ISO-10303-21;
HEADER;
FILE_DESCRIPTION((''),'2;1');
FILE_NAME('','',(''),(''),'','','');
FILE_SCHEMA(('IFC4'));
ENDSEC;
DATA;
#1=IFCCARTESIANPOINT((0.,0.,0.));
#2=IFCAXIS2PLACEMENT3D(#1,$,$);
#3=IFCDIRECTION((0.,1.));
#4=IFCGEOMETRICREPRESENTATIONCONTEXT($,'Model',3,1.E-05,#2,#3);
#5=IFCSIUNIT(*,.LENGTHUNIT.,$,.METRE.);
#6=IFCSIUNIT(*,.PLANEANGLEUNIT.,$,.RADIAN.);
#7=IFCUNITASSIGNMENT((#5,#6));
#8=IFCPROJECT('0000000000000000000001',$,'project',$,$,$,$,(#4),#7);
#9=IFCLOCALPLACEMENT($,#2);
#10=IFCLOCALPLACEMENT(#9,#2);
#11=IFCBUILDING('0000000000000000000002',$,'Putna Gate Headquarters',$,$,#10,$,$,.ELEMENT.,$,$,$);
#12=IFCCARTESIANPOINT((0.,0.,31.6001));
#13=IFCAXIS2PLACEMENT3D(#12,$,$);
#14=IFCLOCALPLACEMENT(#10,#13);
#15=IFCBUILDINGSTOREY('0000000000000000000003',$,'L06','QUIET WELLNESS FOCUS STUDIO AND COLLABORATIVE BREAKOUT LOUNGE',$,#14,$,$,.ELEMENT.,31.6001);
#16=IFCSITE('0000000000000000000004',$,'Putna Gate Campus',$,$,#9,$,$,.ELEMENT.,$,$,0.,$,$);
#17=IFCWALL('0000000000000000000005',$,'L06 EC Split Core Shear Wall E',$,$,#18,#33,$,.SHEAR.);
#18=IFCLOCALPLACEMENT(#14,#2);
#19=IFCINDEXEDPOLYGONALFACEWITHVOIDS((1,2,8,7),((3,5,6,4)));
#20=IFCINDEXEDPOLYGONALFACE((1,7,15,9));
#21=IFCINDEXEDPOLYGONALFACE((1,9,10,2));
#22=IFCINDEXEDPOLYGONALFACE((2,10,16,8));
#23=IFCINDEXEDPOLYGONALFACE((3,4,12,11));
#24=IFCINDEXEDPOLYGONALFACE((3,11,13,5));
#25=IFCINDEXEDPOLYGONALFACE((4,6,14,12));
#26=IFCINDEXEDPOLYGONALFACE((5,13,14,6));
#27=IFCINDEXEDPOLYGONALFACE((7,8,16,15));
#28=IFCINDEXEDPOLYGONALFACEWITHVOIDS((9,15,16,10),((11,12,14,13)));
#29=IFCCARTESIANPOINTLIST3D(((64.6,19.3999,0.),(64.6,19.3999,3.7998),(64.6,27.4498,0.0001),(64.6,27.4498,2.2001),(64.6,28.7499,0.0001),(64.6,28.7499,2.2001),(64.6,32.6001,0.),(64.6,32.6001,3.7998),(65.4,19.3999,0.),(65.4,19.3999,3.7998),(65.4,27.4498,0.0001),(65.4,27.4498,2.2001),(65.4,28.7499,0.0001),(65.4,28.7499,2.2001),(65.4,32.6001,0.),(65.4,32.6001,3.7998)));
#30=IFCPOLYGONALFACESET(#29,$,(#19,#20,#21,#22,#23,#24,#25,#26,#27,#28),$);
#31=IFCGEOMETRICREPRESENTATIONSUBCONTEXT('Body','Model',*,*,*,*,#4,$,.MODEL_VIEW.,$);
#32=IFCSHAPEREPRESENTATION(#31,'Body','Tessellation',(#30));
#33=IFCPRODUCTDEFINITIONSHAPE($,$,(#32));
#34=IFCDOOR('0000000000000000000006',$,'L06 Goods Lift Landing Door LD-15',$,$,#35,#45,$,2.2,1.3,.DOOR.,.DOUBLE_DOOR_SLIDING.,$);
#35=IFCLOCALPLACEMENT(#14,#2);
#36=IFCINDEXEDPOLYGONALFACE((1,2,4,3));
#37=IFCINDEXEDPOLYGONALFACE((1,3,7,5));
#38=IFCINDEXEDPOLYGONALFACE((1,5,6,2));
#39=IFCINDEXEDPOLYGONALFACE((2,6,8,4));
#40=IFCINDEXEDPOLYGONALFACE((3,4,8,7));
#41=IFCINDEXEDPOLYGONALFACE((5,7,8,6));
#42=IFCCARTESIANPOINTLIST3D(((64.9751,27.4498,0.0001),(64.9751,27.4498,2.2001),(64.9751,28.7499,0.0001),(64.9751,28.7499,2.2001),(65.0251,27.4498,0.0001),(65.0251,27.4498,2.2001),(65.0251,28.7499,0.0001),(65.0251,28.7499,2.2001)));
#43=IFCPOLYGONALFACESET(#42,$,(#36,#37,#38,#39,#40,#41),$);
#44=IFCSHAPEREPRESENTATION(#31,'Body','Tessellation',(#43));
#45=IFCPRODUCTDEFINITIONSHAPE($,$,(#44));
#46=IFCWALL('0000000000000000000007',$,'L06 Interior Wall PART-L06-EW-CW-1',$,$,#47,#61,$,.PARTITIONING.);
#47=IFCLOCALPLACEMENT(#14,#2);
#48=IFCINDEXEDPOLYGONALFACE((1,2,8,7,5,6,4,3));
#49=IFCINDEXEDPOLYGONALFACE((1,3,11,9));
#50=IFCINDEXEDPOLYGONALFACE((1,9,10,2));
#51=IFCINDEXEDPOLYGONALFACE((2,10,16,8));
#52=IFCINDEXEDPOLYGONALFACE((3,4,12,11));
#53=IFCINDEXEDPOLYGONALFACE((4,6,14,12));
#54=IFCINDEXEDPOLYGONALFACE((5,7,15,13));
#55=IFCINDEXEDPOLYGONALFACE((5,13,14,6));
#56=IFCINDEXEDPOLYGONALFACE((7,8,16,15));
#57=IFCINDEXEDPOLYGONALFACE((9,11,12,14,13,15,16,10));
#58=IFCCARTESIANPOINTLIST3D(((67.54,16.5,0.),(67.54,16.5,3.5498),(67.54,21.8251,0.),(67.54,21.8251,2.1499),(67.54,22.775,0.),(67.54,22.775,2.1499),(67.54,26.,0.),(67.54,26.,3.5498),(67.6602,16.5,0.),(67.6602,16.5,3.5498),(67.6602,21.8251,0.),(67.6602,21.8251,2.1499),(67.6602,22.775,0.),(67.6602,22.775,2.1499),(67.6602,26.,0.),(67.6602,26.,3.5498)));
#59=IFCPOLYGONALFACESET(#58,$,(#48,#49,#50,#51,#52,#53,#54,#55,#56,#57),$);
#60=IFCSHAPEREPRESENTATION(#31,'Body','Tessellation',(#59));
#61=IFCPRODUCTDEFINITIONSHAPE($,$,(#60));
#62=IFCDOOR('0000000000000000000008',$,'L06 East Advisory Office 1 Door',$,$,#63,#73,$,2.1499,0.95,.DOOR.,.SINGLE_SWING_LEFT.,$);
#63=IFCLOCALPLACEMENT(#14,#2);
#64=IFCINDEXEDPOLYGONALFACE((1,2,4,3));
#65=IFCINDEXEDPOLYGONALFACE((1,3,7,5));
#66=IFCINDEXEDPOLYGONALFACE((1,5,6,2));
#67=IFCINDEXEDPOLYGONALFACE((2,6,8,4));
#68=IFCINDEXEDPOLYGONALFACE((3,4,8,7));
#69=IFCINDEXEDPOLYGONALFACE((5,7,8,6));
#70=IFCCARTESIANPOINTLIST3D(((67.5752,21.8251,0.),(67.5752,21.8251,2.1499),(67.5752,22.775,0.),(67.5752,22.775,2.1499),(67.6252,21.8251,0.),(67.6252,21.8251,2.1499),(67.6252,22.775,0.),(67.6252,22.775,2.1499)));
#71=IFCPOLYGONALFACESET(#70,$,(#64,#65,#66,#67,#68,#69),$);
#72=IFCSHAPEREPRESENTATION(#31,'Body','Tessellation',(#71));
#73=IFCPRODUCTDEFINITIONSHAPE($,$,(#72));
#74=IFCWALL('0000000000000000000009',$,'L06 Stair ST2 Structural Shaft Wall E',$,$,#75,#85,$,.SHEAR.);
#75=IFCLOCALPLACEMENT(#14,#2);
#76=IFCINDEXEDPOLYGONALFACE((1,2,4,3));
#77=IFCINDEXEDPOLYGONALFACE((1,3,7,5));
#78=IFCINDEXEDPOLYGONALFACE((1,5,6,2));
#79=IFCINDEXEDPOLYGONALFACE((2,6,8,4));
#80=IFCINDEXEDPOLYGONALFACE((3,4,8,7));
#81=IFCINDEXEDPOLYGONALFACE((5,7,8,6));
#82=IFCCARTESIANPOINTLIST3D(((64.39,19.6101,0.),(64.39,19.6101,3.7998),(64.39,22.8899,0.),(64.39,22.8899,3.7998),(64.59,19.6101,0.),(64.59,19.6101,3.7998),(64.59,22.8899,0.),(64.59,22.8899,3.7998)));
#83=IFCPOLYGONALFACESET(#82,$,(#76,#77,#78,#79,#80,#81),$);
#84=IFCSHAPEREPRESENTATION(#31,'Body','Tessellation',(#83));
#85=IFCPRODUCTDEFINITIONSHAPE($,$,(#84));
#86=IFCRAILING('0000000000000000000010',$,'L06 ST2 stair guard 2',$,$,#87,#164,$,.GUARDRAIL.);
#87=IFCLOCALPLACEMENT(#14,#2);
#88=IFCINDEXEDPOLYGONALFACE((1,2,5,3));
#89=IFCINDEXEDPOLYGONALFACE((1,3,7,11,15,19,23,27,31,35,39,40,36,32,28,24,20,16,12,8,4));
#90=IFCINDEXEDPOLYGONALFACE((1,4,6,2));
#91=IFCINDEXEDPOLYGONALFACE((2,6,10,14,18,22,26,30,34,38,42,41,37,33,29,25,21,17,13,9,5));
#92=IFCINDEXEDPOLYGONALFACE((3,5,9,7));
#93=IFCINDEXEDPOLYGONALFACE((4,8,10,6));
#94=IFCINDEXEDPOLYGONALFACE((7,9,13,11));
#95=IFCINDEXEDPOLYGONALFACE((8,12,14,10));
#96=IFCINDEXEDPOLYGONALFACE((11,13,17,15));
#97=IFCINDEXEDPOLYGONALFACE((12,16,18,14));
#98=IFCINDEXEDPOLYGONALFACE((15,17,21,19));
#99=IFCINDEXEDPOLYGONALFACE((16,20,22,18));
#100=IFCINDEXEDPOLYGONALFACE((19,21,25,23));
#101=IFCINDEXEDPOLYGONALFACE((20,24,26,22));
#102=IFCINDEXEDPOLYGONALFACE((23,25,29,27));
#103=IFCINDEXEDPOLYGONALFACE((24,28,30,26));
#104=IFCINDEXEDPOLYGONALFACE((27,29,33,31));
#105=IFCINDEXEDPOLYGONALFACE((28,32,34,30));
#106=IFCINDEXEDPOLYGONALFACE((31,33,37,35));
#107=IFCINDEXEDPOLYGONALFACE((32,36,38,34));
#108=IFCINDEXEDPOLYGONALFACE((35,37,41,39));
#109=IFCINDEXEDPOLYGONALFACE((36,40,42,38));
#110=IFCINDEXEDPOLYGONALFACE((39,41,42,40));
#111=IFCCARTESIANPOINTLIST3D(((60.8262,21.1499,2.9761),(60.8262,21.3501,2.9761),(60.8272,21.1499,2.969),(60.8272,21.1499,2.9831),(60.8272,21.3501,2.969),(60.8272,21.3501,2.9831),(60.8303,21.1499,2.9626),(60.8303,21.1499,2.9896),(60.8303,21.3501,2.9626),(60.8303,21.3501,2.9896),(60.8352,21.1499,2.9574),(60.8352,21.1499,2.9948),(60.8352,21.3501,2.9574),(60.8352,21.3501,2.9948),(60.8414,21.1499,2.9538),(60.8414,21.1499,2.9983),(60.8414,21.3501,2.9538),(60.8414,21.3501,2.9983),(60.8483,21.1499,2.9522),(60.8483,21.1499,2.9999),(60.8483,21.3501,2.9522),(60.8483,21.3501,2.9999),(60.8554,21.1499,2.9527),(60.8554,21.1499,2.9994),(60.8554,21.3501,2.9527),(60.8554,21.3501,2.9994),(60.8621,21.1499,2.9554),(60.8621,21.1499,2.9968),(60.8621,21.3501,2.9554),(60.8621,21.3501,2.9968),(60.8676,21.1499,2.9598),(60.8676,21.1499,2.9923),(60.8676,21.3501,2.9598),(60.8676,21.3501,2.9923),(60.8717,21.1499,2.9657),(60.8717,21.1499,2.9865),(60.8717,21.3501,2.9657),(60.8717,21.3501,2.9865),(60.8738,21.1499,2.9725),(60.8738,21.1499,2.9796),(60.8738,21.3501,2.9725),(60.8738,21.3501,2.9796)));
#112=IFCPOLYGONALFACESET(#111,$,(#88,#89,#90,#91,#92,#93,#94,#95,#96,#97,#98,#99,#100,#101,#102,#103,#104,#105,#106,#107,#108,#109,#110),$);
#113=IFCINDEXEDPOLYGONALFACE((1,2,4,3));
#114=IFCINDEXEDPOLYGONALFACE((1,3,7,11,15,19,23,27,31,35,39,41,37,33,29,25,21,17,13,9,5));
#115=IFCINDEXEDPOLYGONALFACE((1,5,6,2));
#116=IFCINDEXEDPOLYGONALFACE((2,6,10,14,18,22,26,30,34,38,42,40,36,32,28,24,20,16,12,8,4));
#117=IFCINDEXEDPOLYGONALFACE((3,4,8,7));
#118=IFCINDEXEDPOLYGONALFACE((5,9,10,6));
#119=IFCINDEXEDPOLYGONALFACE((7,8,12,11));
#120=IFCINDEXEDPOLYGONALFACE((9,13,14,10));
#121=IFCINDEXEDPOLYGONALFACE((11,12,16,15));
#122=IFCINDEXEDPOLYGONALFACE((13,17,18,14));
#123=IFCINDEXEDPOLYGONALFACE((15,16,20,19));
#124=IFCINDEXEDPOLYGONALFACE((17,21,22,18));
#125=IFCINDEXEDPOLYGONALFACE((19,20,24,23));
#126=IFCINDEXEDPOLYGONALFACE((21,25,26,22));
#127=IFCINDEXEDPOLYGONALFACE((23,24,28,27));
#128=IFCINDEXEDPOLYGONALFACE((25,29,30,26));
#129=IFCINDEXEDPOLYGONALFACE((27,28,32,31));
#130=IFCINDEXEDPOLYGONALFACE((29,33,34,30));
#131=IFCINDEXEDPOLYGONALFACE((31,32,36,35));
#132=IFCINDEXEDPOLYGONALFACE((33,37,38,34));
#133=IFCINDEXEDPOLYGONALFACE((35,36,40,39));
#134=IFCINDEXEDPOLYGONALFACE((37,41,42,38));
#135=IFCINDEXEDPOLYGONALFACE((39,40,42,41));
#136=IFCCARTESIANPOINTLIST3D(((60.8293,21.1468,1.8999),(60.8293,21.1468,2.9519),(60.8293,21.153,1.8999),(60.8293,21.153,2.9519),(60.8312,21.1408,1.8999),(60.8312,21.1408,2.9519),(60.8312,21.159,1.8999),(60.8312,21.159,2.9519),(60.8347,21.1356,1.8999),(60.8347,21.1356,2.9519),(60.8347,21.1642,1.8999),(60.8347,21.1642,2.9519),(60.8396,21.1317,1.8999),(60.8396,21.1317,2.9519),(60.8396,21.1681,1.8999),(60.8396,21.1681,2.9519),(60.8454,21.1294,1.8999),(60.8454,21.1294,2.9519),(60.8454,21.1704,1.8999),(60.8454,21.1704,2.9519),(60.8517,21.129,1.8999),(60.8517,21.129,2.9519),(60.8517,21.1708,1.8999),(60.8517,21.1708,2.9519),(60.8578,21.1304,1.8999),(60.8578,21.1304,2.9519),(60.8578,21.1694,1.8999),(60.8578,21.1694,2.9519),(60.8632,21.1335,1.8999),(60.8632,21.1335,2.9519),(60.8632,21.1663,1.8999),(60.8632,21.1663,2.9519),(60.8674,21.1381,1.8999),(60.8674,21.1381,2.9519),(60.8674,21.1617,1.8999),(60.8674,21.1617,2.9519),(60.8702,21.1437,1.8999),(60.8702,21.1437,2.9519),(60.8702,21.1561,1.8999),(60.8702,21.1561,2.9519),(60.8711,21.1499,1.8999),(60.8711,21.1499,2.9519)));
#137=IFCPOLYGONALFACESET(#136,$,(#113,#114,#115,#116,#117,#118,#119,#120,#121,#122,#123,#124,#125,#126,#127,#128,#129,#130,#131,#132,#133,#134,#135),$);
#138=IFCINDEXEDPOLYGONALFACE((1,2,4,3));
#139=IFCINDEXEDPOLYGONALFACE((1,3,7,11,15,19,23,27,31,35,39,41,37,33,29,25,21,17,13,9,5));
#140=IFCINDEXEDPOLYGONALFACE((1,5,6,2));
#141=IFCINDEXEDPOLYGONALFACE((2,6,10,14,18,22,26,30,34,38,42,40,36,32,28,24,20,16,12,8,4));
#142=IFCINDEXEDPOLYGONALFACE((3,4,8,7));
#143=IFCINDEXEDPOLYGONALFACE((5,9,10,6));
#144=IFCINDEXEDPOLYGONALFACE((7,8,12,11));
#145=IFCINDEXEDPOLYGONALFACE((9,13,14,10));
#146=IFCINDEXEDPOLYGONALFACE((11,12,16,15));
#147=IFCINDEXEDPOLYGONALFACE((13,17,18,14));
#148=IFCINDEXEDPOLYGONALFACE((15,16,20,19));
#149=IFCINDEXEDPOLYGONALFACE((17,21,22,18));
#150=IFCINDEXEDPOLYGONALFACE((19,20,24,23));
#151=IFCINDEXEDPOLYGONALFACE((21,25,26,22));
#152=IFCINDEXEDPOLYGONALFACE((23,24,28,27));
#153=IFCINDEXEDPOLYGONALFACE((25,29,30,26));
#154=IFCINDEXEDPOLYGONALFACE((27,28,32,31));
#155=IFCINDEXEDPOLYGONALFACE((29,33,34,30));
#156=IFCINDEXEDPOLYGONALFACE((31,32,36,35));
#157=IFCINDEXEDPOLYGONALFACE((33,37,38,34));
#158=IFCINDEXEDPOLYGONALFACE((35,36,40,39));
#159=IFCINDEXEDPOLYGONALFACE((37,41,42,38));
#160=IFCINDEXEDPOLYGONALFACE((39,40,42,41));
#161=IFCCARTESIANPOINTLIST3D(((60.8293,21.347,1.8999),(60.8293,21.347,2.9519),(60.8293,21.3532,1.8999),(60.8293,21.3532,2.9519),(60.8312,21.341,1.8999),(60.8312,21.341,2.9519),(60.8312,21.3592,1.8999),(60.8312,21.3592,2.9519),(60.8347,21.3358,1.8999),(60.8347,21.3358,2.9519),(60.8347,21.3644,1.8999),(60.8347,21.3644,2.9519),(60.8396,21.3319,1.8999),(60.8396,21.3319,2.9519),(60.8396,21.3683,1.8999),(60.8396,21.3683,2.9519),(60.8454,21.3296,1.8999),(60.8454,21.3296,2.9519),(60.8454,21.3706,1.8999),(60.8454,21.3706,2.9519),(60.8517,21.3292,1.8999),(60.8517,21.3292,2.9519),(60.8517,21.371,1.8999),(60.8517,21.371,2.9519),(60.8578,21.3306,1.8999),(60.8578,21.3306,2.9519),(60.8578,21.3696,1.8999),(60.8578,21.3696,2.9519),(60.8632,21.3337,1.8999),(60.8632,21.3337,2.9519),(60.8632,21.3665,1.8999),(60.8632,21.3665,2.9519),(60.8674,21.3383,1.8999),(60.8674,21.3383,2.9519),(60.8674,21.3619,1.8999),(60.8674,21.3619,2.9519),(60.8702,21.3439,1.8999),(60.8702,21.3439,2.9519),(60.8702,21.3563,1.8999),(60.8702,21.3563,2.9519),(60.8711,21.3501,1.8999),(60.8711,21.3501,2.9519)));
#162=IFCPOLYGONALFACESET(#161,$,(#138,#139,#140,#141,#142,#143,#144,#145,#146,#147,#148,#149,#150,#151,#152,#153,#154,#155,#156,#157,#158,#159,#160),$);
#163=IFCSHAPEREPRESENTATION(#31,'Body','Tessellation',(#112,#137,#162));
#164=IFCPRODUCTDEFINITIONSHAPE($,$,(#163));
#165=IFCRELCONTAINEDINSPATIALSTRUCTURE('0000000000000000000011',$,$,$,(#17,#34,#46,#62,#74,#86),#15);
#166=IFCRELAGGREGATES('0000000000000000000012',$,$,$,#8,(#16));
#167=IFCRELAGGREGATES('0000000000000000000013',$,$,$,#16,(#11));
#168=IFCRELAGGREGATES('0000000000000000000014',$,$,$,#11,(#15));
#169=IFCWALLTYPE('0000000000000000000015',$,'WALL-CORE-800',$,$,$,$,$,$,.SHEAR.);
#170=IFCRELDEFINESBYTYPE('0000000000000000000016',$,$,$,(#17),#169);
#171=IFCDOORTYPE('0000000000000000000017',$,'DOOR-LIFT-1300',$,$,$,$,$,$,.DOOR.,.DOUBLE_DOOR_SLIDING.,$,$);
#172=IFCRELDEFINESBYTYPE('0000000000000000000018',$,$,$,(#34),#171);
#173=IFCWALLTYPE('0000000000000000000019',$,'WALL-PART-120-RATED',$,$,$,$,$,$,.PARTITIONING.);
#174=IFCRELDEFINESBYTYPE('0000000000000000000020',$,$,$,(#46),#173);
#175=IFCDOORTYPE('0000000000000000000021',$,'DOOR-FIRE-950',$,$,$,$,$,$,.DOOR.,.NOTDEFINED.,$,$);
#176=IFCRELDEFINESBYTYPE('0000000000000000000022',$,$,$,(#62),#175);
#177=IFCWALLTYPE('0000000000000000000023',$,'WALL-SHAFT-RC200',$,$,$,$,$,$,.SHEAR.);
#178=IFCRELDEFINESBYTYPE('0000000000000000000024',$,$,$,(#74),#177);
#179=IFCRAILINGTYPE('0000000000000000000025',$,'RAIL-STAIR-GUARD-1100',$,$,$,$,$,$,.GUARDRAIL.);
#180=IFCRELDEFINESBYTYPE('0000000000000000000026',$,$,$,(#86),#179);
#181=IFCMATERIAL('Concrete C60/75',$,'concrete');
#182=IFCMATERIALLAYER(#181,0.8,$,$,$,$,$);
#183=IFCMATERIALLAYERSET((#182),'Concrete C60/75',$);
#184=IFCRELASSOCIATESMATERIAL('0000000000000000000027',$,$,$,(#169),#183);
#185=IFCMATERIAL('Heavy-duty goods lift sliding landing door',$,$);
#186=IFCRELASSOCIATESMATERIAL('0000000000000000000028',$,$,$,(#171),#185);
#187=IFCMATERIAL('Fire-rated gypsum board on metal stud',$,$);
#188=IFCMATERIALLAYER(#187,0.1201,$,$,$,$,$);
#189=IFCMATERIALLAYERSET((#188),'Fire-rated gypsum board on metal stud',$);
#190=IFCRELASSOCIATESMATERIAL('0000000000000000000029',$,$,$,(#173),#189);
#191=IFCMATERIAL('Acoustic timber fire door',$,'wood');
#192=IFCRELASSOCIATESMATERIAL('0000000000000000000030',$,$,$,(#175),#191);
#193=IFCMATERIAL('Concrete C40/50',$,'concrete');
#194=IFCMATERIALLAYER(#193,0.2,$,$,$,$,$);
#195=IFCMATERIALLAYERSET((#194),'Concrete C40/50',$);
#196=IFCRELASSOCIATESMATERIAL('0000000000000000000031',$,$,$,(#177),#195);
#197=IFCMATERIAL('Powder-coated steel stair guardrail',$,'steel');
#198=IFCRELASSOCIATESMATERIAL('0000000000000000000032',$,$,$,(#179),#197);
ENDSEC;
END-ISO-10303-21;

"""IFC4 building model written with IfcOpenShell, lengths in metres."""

from ifc_helpers import new_model, si_unit, direction, frame, frame_2d, origin, origin_2d, place, context, subcontext, project, spatial, rectangle, circle, extrude, material, layer, layer_set, type_object, element, fill, save


model = new_model("IFC4")

# Units and contexts
model_context = context("Model", 3, precision=1e-05, world=origin(), true_north=direction((0.0, 1.0)))
body_context = subcontext(model_context, "Body", "Model", "MODEL_VIEW")
ifc_project = project(units=[si_unit("LENGTHUNIT", "METRE"), si_unit("PLANEANGLEUNIT", "RADIAN")], contexts=[model_context])

# Site, building, storey
site_placement = place(None, origin())
site = spatial("IfcSite", under=ifc_project, at=site_placement, Name="Putna Gate Campus", CompositionType="ELEMENT", RefElevation=0.0)
building_placement = place(site_placement, origin())
building = spatial("IfcBuilding", under=site, at=building_placement, Name="Putna Gate Headquarters", CompositionType="ELEMENT")
storey_placement = place(building_placement, frame((0.0, 0.0, 31.6001)))
storey = spatial("IfcBuildingStorey", under=building, at=storey_placement, Name="L06", Description="QUIET WELLNESS FOCUS STUDIO AND COLLABORATIVE BREAKOUT LOUNGE", CompositionType="ELEMENT", Elevation=31.6001)

# Shared definitions
ifc_material_1 = material(Name="Concrete C60/75", Category="concrete")

# Walls, openings, doors
ifc_layer_1 = layer(ifc_material_1, 0.8)
ifc_layer_set_1 = layer_set([ifc_layer_1], Name="Concrete C60/75")
wall_type_1 = type_object("IfcWallType", Name="WALL-CORE-800", PredefinedType="SHEAR", material=ifc_layer_set_1)
wall_1_placement = place(storey_placement, frame((65.0, 19.3999, 0.0), z_axis=(0.0, 0.0, 1.0), x_axis=(0.0, 1.0, 0.0)))
wall_1 = element("IfcWall", 1, at=wall_1_placement, inside=storey, type_object=wall_type_1, Name="L06 EC Split Core Shear Wall E", PredefinedType="SHEAR", context=body_context, shape_type="SweptSolid", body=[
    extrude(rectangle(XDim=13.2002, YDim=0.8, at=frame_2d((6.6001, 0.0))), origin(), (0.0, 0.0, 1.0), 3.7998),
])
opening_1_placement = place(wall_1_placement, frame((8.05, 0.0, 0.0)))
opening_1 = element("IfcOpeningElement", 2, at=opening_1_placement, cuts=wall_1, PredefinedType="OPENING", context=body_context, shape_type="SweptSolid", body=[
    extrude(rectangle(XDim=1.3, YDim=2.2, at=frame_2d((0.6499, 1.1001))), frame((0.0, 0.4099, 0.0), z_axis=(0.0, -1.0, 0.0), x_axis=(1.0, 0.0, 0.0)), (0.0, 0.0, 1.0), 0.8201),
])
ifc_material_2 = material(Name="Heavy-duty goods lift sliding landing door")
door_type_1 = type_object("IfcDoorType", Name="DOOR-LIFT-1300", OperationType="DOUBLE_DOOR_SLIDING", PredefinedType="DOOR", material=ifc_material_2)
door_1_placement = place(opening_1_placement, origin())
door_1 = element("IfcDoor", 3, at=door_1_placement, inside=storey, type_object=door_type_1, Name="L06 Goods Lift Landing Door LD-15", OperationType="DOUBLE_DOOR_SLIDING", OverallHeight=2.2, OverallWidth=1.3, PredefinedType="DOOR", context=body_context, shape_type="SweptSolid", body=[
    extrude(rectangle(XDim=1.3, YDim=2.2, at=frame_2d((0.6499, 1.1001))), frame((0.0, 0.0249, 0.0), z_axis=(0.0, -1.0, 0.0), x_axis=(1.0, 0.0, 0.0)), (0.0, 0.0, 1.0), 0.05),
])
fill(opening_1, door_1)
ifc_material_3 = material(Name="Fire-rated gypsum board on metal stud")
ifc_layer_2 = layer(ifc_material_3, 0.1201)
ifc_layer_set_2 = layer_set([ifc_layer_2], Name="Fire-rated gypsum board on metal stud")
wall_type_2 = type_object("IfcWallType", Name="WALL-PART-120-RATED", PredefinedType="PARTITIONING", material=ifc_layer_set_2)
wall_2_placement = place(storey_placement, frame((67.6001, 16.5, 0.0), z_axis=(0.0, 0.0, 1.0), x_axis=(0.0, 1.0, 0.0)))
wall_2 = element("IfcWall", 4, at=wall_2_placement, inside=storey, type_object=wall_type_2, Name="L06 Interior Wall PART-L06-EW-CW-1", PredefinedType="PARTITIONING", context=body_context, shape_type="SweptSolid", body=[
    extrude(rectangle(XDim=9.5, YDim=0.1201, at=frame_2d((4.75, 0.0))), origin(), (0.0, 0.0, 1.0), 3.5498),
])
opening_2_placement = place(wall_2_placement, frame((5.325, 0.0, 0.0)))
opening_2 = element("IfcOpeningElement", 5, at=opening_2_placement, cuts=wall_2, PredefinedType="OPENING", context=body_context, shape_type="SweptSolid", body=[
    extrude(rectangle(XDim=0.95, YDim=2.1499, at=frame_2d((0.4751, 1.075))), frame((0.0, 0.0701, 0.0), z_axis=(0.0, -1.0, 0.0), x_axis=(1.0, 0.0, 0.0)), (0.0, 0.0, 1.0), 0.1401),
])
ifc_material_4 = material(Name="Acoustic timber fire door", Category="wood")
door_type_2 = type_object("IfcDoorType", Name="DOOR-FIRE-950", OperationType="NOTDEFINED", PredefinedType="DOOR", material=ifc_material_4)
door_2_placement = place(opening_2_placement, origin())
door_2 = element("IfcDoor", 6, at=door_2_placement, inside=storey, type_object=door_type_2, Name="L06 East Advisory Office 1 Door", OperationType="SINGLE_SWING_LEFT", OverallHeight=2.1499, OverallWidth=0.95, PredefinedType="DOOR", context=body_context, shape_type="SweptSolid", body=[
    extrude(rectangle(XDim=0.95, YDim=2.1499, at=frame_2d((0.4751, 1.075))), frame((0.0, 0.0249, 0.0), z_axis=(0.0, -1.0, 0.0), x_axis=(1.0, 0.0, 0.0)), (0.0, 0.0, 1.0), 0.05),
])
fill(opening_2, door_2)

# Wall
ifc_material_5 = material(Name="Concrete C40/50", Category="concrete")
ifc_layer_3 = layer(ifc_material_5, 0.2)
ifc_layer_set_3 = layer_set([ifc_layer_3], Name="Concrete C40/50")
wall_type_3 = type_object("IfcWallType", Name="WALL-SHAFT-RC200", PredefinedType="SHEAR", material=ifc_layer_set_3)
wall_3_placement = place(storey_placement, frame((64.49, 19.6101, 0.0), z_axis=(0.0, 0.0, 1.0), x_axis=(0.0, 1.0, 0.0)))
element("IfcWall", 7, at=wall_3_placement, inside=storey, type_object=wall_type_3, Name="L06 Stair ST2 Structural Shaft Wall E", PredefinedType="SHEAR", context=body_context, shape_type="SweptSolid", body=[
    extrude(rectangle(XDim=3.2798, YDim=0.2, at=frame_2d((1.6399, 0.0))), origin(), (0.0, 0.0, 1.0), 3.7998),
])

# Railing
ifc_material_6 = material(Name="Powder-coated steel stair guardrail", Category="steel")
railing_type = type_object("IfcRailingType", Name="RAIL-STAIR-GUARD-1100", PredefinedType="GUARDRAIL", material=ifc_material_6)
railing_1_placement = place(storey_placement, frame((60.8501, 21.1499, 1.8999)))
element("IfcRailing", 8, at=railing_1_placement, inside=storey, type_object=railing_type, Name="L06 ST2 stair guard 2", PredefinedType="GUARDRAIL", context=body_context, shape_type="SweptSolid", body=[
    extrude(circle(Radius=0.0239, at=origin_2d()), frame((0.0, 0.0, 1.0762), z_axis=(0.0, 1.0, 0.0), x_axis=(-1.0, 0.0, 0.0)), (0.0, 0.0, 1.0), 0.2002),
    extrude(circle(Radius=0.021, at=origin_2d()), origin(), (0.0, 0.0, 1.0), 1.052),
    extrude(circle(Radius=0.021, at=origin_2d()), frame((0.0, 0.2002, 0.0)), (0.0, 0.0, 1.0), 1.052),
])

save(model, "model.ifc")
